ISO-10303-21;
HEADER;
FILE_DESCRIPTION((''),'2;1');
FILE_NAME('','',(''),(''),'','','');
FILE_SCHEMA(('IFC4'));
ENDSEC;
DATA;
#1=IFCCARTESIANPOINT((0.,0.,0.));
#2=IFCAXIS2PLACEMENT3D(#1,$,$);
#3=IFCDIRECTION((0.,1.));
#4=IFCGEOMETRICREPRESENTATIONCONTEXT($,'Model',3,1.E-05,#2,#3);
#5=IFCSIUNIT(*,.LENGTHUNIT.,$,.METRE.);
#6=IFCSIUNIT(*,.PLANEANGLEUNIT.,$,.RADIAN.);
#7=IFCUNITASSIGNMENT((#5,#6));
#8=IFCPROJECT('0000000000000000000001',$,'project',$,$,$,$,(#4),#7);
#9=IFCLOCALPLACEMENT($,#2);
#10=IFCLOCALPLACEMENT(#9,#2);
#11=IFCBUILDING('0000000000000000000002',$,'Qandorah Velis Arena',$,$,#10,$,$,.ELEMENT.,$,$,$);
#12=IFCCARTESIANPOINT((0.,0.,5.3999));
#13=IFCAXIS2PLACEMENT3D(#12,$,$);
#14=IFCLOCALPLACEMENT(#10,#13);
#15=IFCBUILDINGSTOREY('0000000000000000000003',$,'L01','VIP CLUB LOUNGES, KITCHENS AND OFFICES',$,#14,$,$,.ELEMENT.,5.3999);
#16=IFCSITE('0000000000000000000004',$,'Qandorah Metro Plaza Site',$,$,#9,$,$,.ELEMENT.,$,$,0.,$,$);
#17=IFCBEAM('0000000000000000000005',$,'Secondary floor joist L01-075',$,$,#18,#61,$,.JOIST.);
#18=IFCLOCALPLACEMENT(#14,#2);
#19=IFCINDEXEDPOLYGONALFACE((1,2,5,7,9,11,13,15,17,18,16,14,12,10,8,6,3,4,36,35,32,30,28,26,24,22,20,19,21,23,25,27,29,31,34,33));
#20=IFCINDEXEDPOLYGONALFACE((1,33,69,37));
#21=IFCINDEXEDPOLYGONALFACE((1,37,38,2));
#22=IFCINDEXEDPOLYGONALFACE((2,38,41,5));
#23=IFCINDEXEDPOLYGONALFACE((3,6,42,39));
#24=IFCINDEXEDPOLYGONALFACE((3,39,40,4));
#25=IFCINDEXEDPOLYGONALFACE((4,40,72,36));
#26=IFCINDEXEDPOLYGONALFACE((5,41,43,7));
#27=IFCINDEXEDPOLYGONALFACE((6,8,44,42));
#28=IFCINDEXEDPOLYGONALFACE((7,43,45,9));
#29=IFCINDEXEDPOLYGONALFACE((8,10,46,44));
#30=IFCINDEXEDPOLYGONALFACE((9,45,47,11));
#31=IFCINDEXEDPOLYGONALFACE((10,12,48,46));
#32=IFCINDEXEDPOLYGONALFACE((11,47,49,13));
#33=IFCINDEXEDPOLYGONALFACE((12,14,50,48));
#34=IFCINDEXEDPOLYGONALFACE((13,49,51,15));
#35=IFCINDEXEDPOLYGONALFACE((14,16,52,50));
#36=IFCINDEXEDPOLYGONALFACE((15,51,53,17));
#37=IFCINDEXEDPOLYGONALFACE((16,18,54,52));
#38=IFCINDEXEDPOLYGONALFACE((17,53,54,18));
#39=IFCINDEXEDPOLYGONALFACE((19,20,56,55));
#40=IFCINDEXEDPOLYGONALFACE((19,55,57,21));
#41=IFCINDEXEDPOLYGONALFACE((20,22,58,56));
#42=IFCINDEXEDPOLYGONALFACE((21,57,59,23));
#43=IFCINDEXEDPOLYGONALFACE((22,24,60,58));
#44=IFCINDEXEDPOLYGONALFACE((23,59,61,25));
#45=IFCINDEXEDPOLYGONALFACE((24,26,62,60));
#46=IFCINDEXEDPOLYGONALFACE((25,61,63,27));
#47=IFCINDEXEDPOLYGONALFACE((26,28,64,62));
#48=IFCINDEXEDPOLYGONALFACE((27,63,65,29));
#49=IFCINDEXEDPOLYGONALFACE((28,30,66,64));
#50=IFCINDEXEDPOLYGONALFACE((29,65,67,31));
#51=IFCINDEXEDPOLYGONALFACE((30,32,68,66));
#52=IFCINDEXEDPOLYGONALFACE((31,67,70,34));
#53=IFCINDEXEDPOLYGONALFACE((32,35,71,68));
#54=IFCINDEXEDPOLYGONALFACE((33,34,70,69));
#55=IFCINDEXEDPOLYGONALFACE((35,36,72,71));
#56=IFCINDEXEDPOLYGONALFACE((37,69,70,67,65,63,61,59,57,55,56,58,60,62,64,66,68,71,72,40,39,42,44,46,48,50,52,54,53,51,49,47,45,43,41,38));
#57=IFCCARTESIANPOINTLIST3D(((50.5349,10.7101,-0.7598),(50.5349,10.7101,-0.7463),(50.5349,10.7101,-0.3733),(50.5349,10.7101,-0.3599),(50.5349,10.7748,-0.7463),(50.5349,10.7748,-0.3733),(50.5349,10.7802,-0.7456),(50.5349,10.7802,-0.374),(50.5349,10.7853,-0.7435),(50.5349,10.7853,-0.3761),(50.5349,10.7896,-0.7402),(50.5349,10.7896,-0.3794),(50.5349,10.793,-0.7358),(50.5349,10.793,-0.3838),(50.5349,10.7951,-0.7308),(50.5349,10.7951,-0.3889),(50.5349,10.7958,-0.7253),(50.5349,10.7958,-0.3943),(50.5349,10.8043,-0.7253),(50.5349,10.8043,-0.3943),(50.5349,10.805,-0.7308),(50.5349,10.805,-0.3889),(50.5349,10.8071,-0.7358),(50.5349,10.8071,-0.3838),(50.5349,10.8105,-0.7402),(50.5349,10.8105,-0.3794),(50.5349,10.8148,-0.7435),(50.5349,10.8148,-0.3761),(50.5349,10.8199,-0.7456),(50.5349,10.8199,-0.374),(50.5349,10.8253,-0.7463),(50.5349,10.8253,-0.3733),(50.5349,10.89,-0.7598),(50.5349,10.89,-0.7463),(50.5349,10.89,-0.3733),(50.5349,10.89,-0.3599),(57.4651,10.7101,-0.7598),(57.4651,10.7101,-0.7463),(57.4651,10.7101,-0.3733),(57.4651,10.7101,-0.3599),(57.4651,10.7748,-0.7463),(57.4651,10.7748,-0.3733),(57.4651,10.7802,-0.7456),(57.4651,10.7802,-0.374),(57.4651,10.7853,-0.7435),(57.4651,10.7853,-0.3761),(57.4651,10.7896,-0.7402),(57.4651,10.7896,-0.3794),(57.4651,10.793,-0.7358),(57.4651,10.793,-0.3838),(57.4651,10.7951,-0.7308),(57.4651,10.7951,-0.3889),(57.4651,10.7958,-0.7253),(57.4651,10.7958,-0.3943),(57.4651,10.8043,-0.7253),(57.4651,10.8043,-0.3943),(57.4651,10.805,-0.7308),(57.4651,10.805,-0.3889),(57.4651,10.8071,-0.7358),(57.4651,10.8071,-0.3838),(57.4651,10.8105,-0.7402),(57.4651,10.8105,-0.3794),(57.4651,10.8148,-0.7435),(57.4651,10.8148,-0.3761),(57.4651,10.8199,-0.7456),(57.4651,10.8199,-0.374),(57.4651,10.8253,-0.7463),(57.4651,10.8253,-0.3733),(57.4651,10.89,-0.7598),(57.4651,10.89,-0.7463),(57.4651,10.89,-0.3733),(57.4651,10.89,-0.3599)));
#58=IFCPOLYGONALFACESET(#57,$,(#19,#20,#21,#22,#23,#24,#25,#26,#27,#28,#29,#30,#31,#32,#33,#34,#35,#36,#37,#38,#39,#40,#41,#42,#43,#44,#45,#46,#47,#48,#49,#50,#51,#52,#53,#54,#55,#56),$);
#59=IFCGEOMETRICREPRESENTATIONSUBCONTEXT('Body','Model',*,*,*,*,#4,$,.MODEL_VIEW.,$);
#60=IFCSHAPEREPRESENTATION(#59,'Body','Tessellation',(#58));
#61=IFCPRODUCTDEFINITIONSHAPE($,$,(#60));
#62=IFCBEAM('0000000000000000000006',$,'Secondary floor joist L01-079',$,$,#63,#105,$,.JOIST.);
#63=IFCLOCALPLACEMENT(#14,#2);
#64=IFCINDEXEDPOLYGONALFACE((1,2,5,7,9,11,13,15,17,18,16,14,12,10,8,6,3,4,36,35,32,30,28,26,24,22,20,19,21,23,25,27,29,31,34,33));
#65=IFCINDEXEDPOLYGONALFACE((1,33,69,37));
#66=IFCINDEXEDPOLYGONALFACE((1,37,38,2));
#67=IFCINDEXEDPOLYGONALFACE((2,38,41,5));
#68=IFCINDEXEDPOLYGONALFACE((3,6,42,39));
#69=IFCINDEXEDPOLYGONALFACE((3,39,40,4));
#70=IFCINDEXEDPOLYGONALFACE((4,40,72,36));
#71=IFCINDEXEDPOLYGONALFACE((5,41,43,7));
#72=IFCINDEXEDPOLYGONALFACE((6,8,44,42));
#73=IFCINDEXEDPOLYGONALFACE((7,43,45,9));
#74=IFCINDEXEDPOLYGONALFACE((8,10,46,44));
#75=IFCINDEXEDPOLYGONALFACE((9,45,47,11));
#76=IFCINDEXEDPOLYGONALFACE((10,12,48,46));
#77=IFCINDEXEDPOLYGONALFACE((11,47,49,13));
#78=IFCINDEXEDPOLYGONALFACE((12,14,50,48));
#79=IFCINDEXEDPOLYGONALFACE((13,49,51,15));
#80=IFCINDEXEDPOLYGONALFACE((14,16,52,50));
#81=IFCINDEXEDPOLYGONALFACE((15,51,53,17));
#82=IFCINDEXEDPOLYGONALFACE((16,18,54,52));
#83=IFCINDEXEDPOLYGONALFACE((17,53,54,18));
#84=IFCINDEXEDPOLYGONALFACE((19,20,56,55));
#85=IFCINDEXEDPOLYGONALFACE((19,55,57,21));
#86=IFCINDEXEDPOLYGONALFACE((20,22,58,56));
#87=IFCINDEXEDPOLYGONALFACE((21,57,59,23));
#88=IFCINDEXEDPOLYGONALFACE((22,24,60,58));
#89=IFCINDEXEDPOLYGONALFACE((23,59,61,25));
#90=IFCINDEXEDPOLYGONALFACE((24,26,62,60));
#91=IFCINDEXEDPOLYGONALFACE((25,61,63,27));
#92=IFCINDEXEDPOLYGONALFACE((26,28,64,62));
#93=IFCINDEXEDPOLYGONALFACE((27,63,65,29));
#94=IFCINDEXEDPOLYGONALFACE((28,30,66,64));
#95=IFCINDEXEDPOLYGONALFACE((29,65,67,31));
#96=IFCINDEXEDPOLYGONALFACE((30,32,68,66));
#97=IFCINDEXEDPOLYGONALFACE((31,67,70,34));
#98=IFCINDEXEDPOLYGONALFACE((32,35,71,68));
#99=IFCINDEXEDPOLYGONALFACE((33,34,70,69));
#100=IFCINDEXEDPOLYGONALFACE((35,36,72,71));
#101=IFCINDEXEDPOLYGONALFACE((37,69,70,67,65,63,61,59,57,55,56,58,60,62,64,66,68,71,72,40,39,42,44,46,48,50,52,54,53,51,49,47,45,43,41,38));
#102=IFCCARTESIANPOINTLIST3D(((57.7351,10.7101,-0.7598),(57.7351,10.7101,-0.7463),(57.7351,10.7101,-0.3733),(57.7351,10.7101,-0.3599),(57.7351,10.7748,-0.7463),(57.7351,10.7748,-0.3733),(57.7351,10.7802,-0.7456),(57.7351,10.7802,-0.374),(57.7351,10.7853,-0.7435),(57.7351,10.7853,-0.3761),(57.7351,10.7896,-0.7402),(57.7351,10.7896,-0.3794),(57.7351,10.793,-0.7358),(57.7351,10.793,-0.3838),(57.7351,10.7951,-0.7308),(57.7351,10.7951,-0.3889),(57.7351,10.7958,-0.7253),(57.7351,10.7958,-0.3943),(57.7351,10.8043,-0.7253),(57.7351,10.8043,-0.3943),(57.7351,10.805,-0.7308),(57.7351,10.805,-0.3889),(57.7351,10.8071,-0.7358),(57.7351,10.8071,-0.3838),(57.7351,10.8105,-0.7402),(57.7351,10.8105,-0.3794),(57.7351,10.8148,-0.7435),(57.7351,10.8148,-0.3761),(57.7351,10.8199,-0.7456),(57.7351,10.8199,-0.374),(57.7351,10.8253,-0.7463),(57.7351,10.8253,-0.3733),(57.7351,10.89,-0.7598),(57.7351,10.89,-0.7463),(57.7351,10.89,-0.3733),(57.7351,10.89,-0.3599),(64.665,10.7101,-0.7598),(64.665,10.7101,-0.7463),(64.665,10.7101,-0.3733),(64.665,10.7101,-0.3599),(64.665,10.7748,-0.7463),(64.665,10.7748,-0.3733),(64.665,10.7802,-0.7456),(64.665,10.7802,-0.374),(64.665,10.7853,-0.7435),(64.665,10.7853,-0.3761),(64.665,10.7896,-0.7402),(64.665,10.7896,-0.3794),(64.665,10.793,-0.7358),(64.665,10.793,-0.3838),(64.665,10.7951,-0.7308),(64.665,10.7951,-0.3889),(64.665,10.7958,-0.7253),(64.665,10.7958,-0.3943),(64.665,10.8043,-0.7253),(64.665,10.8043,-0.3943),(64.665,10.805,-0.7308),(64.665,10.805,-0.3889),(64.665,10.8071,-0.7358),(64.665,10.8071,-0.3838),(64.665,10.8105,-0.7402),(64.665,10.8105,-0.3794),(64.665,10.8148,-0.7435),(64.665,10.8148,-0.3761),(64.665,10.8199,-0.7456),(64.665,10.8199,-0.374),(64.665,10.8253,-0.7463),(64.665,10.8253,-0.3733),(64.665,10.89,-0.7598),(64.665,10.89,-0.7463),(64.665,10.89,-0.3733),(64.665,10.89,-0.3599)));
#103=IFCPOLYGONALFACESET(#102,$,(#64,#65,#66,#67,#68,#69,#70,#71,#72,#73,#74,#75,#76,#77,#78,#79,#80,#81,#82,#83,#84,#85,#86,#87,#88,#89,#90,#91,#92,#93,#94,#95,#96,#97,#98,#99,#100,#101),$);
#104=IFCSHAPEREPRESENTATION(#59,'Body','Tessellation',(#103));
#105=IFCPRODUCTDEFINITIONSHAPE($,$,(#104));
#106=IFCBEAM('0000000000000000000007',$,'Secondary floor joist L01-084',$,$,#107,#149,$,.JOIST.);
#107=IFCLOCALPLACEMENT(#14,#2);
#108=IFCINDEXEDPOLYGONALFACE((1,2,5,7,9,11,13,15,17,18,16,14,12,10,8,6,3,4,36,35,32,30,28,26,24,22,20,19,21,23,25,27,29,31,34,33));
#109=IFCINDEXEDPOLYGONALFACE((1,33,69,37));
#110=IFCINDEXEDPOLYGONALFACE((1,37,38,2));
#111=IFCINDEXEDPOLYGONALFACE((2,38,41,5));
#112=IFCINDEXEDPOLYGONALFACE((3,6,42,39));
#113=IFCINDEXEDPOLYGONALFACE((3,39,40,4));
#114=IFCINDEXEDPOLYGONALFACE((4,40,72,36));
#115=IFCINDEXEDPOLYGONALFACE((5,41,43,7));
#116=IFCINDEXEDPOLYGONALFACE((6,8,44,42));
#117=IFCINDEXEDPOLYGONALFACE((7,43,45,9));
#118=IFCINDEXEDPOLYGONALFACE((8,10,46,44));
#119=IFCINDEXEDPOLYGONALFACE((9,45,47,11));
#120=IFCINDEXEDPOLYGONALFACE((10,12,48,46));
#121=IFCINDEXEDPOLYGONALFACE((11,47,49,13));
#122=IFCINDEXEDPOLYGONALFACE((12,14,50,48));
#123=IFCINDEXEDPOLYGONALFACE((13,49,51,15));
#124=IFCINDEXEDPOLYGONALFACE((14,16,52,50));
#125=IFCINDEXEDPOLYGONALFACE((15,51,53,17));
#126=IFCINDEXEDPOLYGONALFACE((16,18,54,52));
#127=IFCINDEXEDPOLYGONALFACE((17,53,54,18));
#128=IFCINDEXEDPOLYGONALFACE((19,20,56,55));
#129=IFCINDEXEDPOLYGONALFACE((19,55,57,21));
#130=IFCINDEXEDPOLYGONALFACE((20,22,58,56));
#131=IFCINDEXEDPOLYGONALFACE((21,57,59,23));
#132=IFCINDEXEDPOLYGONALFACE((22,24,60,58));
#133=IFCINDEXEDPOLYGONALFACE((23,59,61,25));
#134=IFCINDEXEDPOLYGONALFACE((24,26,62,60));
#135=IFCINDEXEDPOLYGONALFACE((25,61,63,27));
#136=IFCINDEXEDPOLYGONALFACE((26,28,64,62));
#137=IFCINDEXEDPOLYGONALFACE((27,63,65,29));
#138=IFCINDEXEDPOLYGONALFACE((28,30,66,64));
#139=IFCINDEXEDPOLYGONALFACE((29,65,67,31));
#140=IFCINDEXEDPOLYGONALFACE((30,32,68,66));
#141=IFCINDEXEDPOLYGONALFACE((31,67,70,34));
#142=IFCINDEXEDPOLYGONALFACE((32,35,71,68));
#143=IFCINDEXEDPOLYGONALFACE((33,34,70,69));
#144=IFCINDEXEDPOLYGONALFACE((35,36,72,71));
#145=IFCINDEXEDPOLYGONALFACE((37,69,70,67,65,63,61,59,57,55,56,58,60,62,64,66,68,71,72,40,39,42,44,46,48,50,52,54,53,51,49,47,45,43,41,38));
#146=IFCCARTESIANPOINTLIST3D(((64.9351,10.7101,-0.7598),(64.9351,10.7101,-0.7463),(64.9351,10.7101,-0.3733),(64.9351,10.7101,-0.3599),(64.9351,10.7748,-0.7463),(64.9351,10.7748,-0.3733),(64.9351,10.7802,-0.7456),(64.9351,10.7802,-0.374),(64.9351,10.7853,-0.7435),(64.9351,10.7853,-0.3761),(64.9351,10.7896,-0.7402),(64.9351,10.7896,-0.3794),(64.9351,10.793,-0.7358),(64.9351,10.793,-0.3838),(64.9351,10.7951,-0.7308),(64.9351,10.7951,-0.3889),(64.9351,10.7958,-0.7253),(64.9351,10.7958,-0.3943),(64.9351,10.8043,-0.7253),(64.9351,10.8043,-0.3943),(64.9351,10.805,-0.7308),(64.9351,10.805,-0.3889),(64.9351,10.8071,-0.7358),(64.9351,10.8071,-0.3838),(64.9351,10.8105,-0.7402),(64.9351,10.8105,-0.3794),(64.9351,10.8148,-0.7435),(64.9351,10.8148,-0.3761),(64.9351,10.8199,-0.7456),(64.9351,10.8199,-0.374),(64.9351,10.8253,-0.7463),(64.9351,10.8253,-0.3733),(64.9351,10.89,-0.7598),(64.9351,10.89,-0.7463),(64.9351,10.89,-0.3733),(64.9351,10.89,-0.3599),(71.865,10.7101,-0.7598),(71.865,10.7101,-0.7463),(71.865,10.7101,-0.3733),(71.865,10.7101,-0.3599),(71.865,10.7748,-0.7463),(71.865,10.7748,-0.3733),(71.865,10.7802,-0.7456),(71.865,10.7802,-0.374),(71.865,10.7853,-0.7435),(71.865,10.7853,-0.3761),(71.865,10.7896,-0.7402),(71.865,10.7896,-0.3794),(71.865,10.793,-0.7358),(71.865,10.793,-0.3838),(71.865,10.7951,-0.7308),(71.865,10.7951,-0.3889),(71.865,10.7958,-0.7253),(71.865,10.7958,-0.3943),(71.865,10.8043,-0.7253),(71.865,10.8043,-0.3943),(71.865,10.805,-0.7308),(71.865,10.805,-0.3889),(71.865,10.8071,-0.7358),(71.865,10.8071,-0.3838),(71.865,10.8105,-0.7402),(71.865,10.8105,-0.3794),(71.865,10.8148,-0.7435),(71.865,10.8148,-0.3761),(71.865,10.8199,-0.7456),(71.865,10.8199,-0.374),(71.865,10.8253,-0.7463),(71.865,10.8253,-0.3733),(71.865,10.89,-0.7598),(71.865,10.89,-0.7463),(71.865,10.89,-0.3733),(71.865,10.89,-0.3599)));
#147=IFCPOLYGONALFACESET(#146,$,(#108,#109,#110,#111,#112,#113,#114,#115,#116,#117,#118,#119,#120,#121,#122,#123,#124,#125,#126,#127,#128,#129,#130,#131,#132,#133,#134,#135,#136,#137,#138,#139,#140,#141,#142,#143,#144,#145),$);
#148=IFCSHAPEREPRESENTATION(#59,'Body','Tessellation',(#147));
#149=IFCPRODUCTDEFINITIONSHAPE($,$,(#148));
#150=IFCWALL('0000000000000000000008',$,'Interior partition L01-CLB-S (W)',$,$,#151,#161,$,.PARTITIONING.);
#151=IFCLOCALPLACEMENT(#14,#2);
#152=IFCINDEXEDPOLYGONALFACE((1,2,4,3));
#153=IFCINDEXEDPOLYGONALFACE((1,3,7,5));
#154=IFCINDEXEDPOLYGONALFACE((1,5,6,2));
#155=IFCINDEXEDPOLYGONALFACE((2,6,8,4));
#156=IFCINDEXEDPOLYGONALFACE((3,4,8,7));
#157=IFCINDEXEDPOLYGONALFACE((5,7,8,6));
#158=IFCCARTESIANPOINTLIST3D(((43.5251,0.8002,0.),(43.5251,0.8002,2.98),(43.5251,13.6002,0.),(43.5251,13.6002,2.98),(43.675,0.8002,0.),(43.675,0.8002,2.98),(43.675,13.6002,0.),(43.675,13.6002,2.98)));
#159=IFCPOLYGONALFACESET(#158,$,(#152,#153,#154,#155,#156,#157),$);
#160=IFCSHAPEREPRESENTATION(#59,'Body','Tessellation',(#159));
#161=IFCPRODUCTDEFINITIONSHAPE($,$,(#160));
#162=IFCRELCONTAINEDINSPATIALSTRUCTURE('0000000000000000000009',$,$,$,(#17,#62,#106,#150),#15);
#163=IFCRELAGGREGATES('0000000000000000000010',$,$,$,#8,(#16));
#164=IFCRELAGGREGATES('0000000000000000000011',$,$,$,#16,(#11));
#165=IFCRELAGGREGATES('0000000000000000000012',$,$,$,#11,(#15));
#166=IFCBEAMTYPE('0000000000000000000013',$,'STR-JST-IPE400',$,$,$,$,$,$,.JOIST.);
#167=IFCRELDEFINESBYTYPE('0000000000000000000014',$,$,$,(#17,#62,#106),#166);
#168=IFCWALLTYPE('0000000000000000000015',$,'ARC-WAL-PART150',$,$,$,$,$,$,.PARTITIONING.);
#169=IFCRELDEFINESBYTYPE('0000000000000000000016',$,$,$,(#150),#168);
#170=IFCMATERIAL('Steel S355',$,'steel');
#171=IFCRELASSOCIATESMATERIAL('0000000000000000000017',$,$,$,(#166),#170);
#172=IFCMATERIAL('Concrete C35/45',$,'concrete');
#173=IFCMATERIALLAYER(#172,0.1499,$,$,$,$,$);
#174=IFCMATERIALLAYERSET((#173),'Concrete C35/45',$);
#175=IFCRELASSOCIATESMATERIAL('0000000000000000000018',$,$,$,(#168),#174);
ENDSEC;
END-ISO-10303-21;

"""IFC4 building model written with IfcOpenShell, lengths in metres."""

from ifc_helpers import new_model, si_unit, direction, frame, frame_2d, origin, origin_2d, place, context, subcontext, project, spatial, rectangle, i_section, extrude, material, layer, layer_set, material_profile, profile_set, type_object, element, save


model = new_model("IFC4")

# Units and contexts
model_context = context("Model", 3, precision=1e-05, world=origin(), true_north=direction((0.0, 1.0)))
body_context = subcontext(model_context, "Body", "Model", "MODEL_VIEW")
ifc_project = project(units=[si_unit("LENGTHUNIT", "METRE"), si_unit("PLANEANGLEUNIT", "RADIAN")], contexts=[model_context])

# Site, building, storey
site_placement = place(None, origin())
site = spatial("IfcSite", under=ifc_project, at=site_placement, Name="Qandorah Metro Plaza Site", CompositionType="ELEMENT", RefElevation=0.0)
building_placement = place(site_placement, origin())
building = spatial("IfcBuilding", under=site, at=building_placement, Name="Qandorah Velis Arena", CompositionType="ELEMENT")
storey_placement = place(building_placement, frame((0.0, 0.0, 5.3999)))
storey = spatial("IfcBuildingStorey", under=building, at=storey_placement, Name="L01", Description="VIP CLUB LOUNGES, KITCHENS AND OFFICES", CompositionType="ELEMENT", Elevation=5.3999)

# Beams
ifc_material_1 = material(Name="Steel S355", Category="steel")
ifc_material_profile_1 = material_profile(ifc_material_1, i_section(OverallWidth=0.1799, OverallDepth=0.3999, WebThickness=0.0085, FlangeThickness=0.0134, FilletRadius=0.021, at=origin_2d()), Name="IPE 400")
ifc_profile_set_1 = profile_set([ifc_material_profile_1], Name="Steel S355")
beam_type_1 = type_object("IfcBeamType", Name="STR-JST-IPE400", PredefinedType="JOIST", material=ifc_profile_set_1)
beam_1_placement = place(storey_placement, frame((50.5349, 10.8, -0.5598), z_axis=(1.0, 0.0, 0.0), x_axis=(0.0, 1.0, 0.0)))
element("IfcBeam", 1, at=beam_1_placement, inside=storey, type_object=beam_type_1, Name="Secondary floor joist L01-075", PredefinedType="JOIST", context=body_context, shape_type="SweptSolid", body=[
    extrude(i_section(OverallWidth=0.1799, OverallDepth=0.3999, WebThickness=0.0085, FlangeThickness=0.0134, FilletRadius=0.021, at=origin_2d()), origin(), (0.0, 0.0, 1.0), 6.9302),
])
for number, where, z_axis, x_axis, name in (
    (2, (57.7351, 10.8, -0.5598), (1.0, 0.0, 0.0), (0.0, 1.0, 0.0), "Secondary floor joist L01-079"),
    (3, (64.9351, 10.8, -0.5598), (1.0, 0.0, 0.0), (0.0, 1.0, 0.0), "Secondary floor joist L01-084"),
):
    element("IfcBeam", number, at=place(storey_placement, frame(where, z_axis=z_axis, x_axis=x_axis)), inside=storey, type_object=beam_type_1, Name=name, PredefinedType="JOIST", context=body_context, shape_type="SweptSolid", body=[
        extrude(i_section(OverallWidth=0.1799, OverallDepth=0.3999, WebThickness=0.0085, FlangeThickness=0.0134, FilletRadius=0.021, at=origin_2d()), origin(), (0.0, 0.0, 1.0), 6.9299),
    ])

# Wall
ifc_material_2 = material(Name="Concrete C35/45", Category="concrete")
ifc_layer_1 = layer(ifc_material_2, 0.1499)
ifc_layer_set_1 = layer_set([ifc_layer_1], Name="Concrete C35/45")
wall_type_1 = type_object("IfcWallType", Name="ARC-WAL-PART150", PredefinedType="PARTITIONING", material=ifc_layer_set_1)
wall_1_placement = place(storey_placement, frame((43.6001, 13.6001, 0.0), z_axis=(0.0, 0.0, 1.0), x_axis=(0.0, -1.0, 0.0)))
element("IfcWall", 4, at=wall_1_placement, inside=storey, type_object=wall_type_1, Name="Interior partition L01-CLB-S (W)", PredefinedType="PARTITIONING", context=body_context, shape_type="SweptSolid", body=[
    extrude(rectangle(XDim=12.8, YDim=0.1499, at=frame_2d((6.3999, 0.0))), origin(), (0.0, 0.0, 1.0), 2.98),
])

save(model, "model.ifc")
